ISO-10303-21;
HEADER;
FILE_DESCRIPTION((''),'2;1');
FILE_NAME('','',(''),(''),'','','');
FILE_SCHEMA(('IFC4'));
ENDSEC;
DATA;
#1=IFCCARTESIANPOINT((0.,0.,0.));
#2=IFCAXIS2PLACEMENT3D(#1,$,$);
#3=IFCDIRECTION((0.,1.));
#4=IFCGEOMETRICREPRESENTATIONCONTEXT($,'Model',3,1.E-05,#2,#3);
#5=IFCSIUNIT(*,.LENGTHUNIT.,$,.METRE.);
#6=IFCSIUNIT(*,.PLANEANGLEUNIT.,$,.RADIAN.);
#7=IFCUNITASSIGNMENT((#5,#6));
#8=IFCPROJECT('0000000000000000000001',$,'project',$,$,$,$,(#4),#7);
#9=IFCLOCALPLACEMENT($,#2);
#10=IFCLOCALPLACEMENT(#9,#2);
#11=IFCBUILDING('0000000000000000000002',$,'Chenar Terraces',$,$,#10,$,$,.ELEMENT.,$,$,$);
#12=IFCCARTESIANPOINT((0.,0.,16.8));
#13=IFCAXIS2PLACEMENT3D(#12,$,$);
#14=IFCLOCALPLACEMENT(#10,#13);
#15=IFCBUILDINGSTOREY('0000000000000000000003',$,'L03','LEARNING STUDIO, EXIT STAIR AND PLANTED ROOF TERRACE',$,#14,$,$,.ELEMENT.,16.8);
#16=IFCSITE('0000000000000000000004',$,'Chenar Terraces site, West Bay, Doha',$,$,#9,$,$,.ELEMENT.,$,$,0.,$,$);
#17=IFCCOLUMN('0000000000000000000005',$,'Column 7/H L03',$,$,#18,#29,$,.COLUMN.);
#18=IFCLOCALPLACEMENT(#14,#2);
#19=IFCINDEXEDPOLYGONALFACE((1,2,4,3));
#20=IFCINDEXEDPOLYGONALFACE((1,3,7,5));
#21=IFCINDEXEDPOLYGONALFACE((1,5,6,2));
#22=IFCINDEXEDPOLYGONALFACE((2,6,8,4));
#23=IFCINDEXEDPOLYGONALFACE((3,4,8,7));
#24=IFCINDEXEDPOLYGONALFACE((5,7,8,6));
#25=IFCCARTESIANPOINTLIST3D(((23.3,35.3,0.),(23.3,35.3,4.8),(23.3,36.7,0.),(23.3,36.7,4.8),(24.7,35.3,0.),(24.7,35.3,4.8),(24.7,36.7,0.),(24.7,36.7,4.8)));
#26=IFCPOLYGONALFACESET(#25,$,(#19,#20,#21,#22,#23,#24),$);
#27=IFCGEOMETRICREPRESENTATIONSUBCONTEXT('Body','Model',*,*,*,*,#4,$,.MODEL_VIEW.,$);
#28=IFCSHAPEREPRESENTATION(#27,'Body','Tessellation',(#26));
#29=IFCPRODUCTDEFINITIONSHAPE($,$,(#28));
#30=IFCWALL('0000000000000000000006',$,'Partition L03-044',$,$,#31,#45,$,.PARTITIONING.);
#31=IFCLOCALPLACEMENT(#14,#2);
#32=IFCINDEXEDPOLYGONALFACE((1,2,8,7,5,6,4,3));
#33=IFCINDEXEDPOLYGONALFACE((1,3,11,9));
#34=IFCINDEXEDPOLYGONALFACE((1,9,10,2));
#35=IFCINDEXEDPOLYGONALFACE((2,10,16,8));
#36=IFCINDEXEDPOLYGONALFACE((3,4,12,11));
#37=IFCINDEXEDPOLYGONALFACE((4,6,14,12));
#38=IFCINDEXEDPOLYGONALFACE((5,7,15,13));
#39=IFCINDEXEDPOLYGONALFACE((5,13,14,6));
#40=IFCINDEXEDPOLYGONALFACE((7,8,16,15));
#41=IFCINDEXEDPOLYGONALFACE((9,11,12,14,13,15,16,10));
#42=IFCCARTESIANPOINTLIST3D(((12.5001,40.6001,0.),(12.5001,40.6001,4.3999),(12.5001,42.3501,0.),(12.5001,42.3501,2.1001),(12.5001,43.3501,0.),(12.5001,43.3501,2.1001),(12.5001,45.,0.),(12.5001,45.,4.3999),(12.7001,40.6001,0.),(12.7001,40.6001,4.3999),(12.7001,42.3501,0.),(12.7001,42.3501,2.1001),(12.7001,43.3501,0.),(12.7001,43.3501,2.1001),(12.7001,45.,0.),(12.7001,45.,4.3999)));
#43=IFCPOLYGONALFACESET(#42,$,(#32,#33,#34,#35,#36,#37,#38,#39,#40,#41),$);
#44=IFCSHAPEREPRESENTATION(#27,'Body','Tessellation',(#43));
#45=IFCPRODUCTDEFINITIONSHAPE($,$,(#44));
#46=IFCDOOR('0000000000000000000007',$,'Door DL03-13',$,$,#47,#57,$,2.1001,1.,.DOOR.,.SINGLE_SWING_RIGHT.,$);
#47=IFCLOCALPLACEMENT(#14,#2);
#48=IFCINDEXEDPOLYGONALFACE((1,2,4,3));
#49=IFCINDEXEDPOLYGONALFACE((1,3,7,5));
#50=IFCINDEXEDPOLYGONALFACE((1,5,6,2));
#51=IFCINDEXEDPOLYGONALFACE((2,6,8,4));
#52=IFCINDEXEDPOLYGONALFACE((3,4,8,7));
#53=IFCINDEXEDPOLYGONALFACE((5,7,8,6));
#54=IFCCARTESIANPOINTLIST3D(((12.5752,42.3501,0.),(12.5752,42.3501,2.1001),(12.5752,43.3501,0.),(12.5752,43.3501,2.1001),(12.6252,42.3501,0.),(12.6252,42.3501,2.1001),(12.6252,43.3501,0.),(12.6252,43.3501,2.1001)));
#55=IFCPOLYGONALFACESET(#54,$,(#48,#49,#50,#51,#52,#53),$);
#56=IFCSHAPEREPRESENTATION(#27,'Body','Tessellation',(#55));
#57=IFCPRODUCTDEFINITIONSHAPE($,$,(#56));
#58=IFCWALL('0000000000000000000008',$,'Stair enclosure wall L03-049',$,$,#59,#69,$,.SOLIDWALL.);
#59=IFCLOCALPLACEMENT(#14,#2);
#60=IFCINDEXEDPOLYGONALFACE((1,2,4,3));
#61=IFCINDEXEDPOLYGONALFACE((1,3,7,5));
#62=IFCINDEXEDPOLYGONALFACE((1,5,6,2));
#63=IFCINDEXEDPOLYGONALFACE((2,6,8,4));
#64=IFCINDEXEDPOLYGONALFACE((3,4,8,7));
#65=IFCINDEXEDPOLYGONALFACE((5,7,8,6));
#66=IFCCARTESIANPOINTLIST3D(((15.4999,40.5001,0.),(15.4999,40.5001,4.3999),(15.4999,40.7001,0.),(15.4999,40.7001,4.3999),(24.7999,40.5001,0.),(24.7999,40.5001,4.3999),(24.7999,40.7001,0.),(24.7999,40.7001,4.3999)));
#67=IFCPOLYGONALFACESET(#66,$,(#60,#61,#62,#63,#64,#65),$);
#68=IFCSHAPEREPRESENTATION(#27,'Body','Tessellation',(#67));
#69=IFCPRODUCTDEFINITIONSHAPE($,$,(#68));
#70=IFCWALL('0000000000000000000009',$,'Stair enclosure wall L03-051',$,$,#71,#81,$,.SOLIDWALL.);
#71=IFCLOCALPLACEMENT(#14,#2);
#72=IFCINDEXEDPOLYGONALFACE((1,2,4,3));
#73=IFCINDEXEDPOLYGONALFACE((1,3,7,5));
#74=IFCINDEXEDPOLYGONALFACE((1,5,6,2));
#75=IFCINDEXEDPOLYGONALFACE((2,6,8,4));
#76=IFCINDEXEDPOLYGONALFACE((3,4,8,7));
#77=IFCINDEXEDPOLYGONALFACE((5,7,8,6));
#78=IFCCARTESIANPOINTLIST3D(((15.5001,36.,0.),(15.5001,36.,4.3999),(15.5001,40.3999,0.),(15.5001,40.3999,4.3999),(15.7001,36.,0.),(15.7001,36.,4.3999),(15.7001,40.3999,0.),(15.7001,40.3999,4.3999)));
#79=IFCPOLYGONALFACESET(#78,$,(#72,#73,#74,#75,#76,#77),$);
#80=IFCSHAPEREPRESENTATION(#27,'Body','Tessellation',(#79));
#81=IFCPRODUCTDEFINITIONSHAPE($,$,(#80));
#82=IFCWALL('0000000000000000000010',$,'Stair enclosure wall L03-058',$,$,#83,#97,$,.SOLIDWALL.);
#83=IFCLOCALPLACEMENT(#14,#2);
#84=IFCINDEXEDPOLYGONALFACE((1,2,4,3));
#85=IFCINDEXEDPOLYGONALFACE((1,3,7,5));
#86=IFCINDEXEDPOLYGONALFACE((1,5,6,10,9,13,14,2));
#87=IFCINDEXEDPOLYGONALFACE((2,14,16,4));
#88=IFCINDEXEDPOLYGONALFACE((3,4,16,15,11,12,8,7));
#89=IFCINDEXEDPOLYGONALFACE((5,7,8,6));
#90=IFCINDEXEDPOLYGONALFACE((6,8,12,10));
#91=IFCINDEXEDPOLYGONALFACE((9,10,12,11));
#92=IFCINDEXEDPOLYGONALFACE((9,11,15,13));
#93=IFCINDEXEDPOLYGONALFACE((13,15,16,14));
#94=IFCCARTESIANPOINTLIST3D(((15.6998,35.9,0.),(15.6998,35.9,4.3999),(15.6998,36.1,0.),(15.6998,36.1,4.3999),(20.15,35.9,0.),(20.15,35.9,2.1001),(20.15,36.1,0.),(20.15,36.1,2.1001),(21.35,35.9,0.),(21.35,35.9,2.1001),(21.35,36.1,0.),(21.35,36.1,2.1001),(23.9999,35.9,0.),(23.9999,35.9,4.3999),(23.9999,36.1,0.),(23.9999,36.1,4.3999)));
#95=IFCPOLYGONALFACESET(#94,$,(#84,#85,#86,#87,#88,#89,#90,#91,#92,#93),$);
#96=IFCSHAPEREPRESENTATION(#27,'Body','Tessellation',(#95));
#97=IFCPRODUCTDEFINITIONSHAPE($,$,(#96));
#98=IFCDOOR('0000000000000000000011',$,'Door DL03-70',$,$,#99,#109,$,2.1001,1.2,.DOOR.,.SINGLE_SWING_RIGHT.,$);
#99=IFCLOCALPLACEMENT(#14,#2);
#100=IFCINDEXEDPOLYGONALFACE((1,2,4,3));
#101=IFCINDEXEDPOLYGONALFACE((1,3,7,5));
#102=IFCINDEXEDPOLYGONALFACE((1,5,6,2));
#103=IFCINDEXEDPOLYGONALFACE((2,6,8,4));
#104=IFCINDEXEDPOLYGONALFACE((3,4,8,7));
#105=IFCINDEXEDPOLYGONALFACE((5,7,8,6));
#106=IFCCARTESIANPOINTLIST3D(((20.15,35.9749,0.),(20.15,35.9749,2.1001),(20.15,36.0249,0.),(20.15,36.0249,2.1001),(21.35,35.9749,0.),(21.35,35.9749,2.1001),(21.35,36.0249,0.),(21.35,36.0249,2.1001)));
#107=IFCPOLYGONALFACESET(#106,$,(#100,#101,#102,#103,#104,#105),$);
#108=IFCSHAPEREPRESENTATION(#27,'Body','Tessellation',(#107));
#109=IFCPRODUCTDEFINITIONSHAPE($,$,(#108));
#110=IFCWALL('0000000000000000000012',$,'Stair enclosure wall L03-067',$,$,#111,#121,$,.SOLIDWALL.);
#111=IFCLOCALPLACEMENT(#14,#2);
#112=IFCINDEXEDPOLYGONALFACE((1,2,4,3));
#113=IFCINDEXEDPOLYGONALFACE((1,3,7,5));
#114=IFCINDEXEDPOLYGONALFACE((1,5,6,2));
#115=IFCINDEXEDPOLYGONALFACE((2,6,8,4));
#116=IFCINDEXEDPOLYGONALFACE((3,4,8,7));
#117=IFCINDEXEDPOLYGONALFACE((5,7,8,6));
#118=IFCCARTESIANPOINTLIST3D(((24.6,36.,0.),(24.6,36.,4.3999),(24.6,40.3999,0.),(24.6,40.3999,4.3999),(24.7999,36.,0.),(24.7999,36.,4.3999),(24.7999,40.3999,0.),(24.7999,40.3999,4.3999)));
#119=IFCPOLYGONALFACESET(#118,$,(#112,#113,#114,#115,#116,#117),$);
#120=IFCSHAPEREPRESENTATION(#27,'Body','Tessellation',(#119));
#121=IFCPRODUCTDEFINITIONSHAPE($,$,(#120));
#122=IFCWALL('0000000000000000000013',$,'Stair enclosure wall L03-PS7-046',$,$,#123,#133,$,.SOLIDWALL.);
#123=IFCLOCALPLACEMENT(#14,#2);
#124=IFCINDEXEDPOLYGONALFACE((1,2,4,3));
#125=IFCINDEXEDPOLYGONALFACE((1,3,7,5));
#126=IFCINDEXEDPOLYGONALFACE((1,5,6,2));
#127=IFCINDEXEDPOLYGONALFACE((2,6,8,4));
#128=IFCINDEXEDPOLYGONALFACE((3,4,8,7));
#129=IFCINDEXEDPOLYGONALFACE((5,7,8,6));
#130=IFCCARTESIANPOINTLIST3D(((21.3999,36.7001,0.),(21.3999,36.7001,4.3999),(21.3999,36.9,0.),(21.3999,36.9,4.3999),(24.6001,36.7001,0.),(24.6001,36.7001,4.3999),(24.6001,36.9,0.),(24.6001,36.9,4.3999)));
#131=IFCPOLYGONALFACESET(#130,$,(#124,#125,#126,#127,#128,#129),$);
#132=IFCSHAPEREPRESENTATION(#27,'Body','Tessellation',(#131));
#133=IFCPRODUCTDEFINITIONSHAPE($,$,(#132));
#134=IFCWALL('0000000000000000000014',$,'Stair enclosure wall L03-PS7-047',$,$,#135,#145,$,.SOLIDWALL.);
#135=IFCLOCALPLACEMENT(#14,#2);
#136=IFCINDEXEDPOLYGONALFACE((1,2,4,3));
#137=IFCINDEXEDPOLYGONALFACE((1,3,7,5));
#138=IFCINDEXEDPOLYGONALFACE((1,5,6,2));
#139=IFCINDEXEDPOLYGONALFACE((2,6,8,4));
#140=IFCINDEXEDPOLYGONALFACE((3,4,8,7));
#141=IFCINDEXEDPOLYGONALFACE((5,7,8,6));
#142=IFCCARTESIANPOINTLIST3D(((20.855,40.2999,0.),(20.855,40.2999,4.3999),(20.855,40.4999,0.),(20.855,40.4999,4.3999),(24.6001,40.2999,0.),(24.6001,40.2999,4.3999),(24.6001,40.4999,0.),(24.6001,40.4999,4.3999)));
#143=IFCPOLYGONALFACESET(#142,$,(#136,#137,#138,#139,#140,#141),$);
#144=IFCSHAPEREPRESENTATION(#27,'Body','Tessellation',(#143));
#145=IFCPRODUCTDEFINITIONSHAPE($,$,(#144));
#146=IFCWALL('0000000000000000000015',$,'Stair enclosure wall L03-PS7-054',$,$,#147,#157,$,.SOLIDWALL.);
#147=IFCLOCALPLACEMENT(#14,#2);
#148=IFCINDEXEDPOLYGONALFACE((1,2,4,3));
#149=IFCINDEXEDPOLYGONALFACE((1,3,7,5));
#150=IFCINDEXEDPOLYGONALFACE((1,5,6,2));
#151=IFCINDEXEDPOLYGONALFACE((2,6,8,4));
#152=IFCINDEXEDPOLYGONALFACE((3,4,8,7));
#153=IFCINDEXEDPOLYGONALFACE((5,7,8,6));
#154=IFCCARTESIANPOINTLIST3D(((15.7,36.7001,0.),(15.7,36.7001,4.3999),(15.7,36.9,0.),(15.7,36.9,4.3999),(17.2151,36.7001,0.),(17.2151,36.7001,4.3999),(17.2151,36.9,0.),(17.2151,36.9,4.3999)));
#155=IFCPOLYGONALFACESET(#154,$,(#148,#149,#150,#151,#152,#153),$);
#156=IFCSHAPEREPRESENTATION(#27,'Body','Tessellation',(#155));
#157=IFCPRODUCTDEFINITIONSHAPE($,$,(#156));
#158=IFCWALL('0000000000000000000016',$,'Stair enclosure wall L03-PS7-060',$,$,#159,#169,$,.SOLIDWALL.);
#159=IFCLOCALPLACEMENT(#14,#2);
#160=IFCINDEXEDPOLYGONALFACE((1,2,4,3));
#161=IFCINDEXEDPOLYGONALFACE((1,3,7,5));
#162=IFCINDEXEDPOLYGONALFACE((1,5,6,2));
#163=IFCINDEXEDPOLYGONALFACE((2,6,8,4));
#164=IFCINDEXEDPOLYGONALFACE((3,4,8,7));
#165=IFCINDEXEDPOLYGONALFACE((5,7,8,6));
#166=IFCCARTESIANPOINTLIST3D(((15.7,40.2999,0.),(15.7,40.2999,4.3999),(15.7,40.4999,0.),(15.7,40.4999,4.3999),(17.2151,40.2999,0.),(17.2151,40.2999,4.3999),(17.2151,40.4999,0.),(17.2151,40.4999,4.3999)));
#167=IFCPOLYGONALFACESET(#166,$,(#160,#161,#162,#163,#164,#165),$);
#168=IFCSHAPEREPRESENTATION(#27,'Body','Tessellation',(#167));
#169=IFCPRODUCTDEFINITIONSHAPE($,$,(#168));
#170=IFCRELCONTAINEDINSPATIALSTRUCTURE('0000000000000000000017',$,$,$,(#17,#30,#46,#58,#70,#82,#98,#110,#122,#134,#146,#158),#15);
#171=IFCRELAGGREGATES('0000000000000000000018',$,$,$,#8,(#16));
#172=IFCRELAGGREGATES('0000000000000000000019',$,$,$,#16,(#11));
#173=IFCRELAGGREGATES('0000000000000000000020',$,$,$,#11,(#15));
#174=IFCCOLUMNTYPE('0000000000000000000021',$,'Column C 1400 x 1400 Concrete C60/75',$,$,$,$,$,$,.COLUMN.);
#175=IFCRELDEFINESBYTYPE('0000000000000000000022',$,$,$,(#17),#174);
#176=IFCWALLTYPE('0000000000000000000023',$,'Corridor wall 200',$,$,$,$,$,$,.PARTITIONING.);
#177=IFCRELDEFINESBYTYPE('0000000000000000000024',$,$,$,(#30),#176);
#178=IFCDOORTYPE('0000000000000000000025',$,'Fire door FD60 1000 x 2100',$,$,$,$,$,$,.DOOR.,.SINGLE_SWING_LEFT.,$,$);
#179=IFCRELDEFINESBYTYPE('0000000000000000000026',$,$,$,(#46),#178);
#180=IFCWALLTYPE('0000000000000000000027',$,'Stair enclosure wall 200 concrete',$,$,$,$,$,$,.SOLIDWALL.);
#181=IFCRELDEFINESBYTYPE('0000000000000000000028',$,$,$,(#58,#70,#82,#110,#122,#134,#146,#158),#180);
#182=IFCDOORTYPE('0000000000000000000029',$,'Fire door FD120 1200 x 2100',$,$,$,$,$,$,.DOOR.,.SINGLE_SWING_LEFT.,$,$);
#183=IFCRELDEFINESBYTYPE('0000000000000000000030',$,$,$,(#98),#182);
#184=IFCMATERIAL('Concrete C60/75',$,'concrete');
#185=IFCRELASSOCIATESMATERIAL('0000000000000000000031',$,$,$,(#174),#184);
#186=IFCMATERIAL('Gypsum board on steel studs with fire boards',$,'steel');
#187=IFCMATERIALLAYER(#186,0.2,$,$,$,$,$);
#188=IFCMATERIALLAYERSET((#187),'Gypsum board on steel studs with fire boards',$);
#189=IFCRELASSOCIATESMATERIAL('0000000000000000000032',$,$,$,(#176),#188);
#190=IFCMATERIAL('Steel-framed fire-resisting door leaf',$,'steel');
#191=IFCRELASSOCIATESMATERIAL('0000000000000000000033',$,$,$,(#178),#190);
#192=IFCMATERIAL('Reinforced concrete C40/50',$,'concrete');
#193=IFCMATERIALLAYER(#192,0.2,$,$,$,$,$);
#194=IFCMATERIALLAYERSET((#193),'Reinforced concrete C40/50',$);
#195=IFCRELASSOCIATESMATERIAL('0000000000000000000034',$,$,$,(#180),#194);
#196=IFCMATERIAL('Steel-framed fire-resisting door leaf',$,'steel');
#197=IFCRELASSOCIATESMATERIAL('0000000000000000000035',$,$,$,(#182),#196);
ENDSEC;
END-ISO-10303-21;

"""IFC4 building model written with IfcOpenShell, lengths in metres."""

from ifc_helpers import new_model, si_unit, direction, frame, frame_2d, origin, origin_2d, place, context, subcontext, project, spatial, rectangle, extrude, material, layer, layer_set, material_profile, profile_set, type_object, element, fill, save


model = new_model("IFC4")

# Units and contexts
model_context = context("Model", 3, precision=1e-05, world=origin(), true_north=direction((0.0, 1.0)))
body_context = subcontext(model_context, "Body", "Model", "MODEL_VIEW")
ifc_project = project(units=[si_unit("LENGTHUNIT", "METRE"), si_unit("PLANEANGLEUNIT", "RADIAN")], contexts=[model_context])

# Site, building, storey
site_placement = place(None, origin())
site = spatial("IfcSite", under=ifc_project, at=site_placement, Name="Chenar Terraces site, West Bay, Doha", CompositionType="ELEMENT", RefElevation=0.0)
building_placement = place(site_placement, origin())
building = spatial("IfcBuilding", under=site, at=building_placement, Name="Chenar Terraces", CompositionType="ELEMENT")
storey_placement = place(building_placement, frame((0.0, 0.0, 16.8)))
storey = spatial("IfcBuildingStorey", under=building, at=storey_placement, Name="L03", Description="LEARNING STUDIO, EXIT STAIR AND PLANTED ROOF TERRACE", CompositionType="ELEMENT", Elevation=16.8)

# Column
ifc_material_1 = material(Name="Concrete C60/75", Category="concrete")
ifc_material_profile = material_profile(ifc_material_1, rectangle(XDim=1.3999, YDim=1.3999, at=origin_2d()), Name="C 1400 x 1400")
ifc_profile_set = profile_set([ifc_material_profile], Name="Concrete C60/75")
column_type = type_object("IfcColumnType", Name="Column C 1400 x 1400 Concrete C60/75", PredefinedType="COLUMN", material=ifc_profile_set)
column_placement = place(storey_placement, frame((24.0, 36.0, 0.0), z_axis=(0.0, 0.0, 1.0), x_axis=(1.0, 0.0, 0.0)))
element("IfcColumn", 1, at=column_placement, inside=storey, type_object=column_type, Name="Column 7/H L03", PredefinedType="COLUMN", context=body_context, shape_type="SweptSolid", body=[
    extrude(rectangle(XDim=1.3999, YDim=1.3999, at=origin_2d()), origin(), (0.0, 0.0, 1.0), 4.8),
])

# Wall, opening, door
ifc_material_2 = material(Name="Gypsum board on steel studs with fire boards", Category="steel")
ifc_layer_1 = layer(ifc_material_2, 0.2)
ifc_layer_set_1 = layer_set([ifc_layer_1], Name="Gypsum board on steel studs with fire boards")
wall_type_1 = type_object("IfcWallType", Name="Corridor wall 200", PredefinedType="PARTITIONING", material=ifc_layer_set_1)
wall_1_placement = place(storey_placement, frame((12.6001, 40.6001, 0.0), z_axis=(0.0, 0.0, 1.0), x_axis=(0.0, 1.0, 0.0)))
wall_1 = element("IfcWall", 2, at=wall_1_placement, inside=storey, type_object=wall_type_1, Name="Partition L03-044", PredefinedType="PARTITIONING", context=body_context, shape_type="SweptSolid", body=[
    extrude(rectangle(XDim=4.3999, YDim=0.2, at=frame_2d((2.2, 0.0))), origin(), (0.0, 0.0, 1.0), 4.3999),
])
opening_1_placement = place(wall_1_placement, frame((1.75, 0.0, 0.0)))
opening_1 = element("IfcOpeningElement", 3, at=opening_1_placement, cuts=wall_1, PredefinedType="OPENING", context=body_context, shape_type="SweptSolid", body=[
    extrude(rectangle(XDim=1.0, YDim=2.1001, at=frame_2d((0.5, 1.05))), frame((0.0, 0.1099, 0.0), z_axis=(0.0, -1.0, 0.0), x_axis=(1.0, 0.0, 0.0)), (0.0, 0.0, 1.0), 0.22),
])
ifc_material_3 = material(Name="Steel-framed fire-resisting door leaf", Category="steel")
door_type_1 = type_object("IfcDoorType", Name="Fire door FD60 1000 x 2100", OperationType="SINGLE_SWING_LEFT", PredefinedType="DOOR", material=ifc_material_3)
door_1_placement = place(opening_1_placement, origin())
door_1 = element("IfcDoor", 4, at=door_1_placement, inside=storey, type_object=door_type_1, Name="Door DL03-13", OperationType="SINGLE_SWING_RIGHT", OverallHeight=2.1001, OverallWidth=1.0, PredefinedType="DOOR", context=body_context, shape_type="SweptSolid", body=[
    extrude(rectangle(XDim=1.0, YDim=2.1001, at=frame_2d((0.5, 1.05))), frame((0.0, 0.0249, 0.0), z_axis=(0.0, -1.0, 0.0), x_axis=(1.0, 0.0, 0.0)), (0.0, 0.0, 1.0), 0.05),
])
fill(opening_1, door_1)

# Walls
ifc_material_4 = material(Name="Reinforced concrete C40/50", Category="concrete")
ifc_layer_2 = layer(ifc_material_4, 0.2)
ifc_layer_set_2 = layer_set([ifc_layer_2], Name="Reinforced concrete C40/50")
wall_type_2 = type_object("IfcWallType", Name="Stair enclosure wall 200 concrete", PredefinedType="SOLIDWALL", material=ifc_layer_set_2)
wall_2_placement = place(storey_placement, frame((15.5, 40.6001, 0.0), z_axis=(0.0, 0.0, 1.0), x_axis=(1.0, 0.0, 0.0)))
element("IfcWall", 5, at=wall_2_placement, inside=storey, type_object=wall_type_2, Name="Stair enclosure wall L03-049", PredefinedType="SOLIDWALL", context=body_context, shape_type="SweptSolid", body=[
    extrude(rectangle(XDim=9.3, YDim=0.2, at=frame_2d((4.6499, 0.0))), origin(), (0.0, 0.0, 1.0), 4.3999),
])
wall_3_placement = place(storey_placement, frame((15.6001, 36.0, 0.0), z_axis=(0.0, 0.0, 1.0), x_axis=(0.0, 1.0, 0.0)))
element("IfcWall", 6, at=wall_3_placement, inside=storey, type_object=wall_type_2, Name="Stair enclosure wall L03-051", PredefinedType="SOLIDWALL", context=body_context, shape_type="SweptSolid", body=[
    extrude(rectangle(XDim=4.3999, YDim=0.2, at=frame_2d((2.2, 0.0))), origin(), (0.0, 0.0, 1.0), 4.3999),
])

# Wall, opening, door
wall_4_placement = place(storey_placement, frame((15.7, 36.0, 0.0), z_axis=(0.0, 0.0, 1.0), x_axis=(1.0, 0.0, 0.0)))
wall_4 = element("IfcWall", 7, at=wall_4_placement, inside=storey, type_object=wall_type_2, Name="Stair enclosure wall L03-058", PredefinedType="SOLIDWALL", context=body_context, shape_type="SweptSolid", body=[
    extrude(rectangle(XDim=8.3, YDim=0.2, at=frame_2d((4.1499, 0.0))), origin(), (0.0, 0.0, 1.0), 4.3999),
])
opening_2_placement = place(wall_4_placement, frame((4.45, 0.0, 0.0)))
opening_2 = element("IfcOpeningElement", 8, at=opening_2_placement, cuts=wall_4, PredefinedType="OPENING", context=body_context, shape_type="SweptSolid", body=[
    extrude(rectangle(XDim=1.2, YDim=2.1001, at=frame_2d((0.6001, 1.05))), frame((0.0, 0.1099, 0.0), z_axis=(0.0, -1.0, 0.0), x_axis=(1.0, 0.0, 0.0)), (0.0, 0.0, 1.0), 0.22),
])
ifc_material_5 = material(Name="Steel-framed fire-resisting door leaf", Category="steel")
door_type_2 = type_object("IfcDoorType", Name="Fire door FD120 1200 x 2100", OperationType="SINGLE_SWING_LEFT", PredefinedType="DOOR", material=ifc_material_5)
door_2_placement = place(opening_2_placement, origin())
door_2 = element("IfcDoor", 9, at=door_2_placement, inside=storey, type_object=door_type_2, Name="Door DL03-70", OperationType="SINGLE_SWING_RIGHT", OverallHeight=2.1001, OverallWidth=1.2, PredefinedType="DOOR", context=body_context, shape_type="SweptSolid", body=[
    extrude(rectangle(XDim=1.2, YDim=2.1001, at=frame_2d((0.6001, 1.05))), frame((0.0, 0.0249, 0.0), z_axis=(0.0, -1.0, 0.0), x_axis=(1.0, 0.0, 0.0)), (0.0, 0.0, 1.0), 0.05),
])
fill(opening_2, door_2)

# Walls
wall_5_placement = place(storey_placement, frame((24.7, 36.0, 0.0), z_axis=(0.0, 0.0, 1.0), x_axis=(0.0, 1.0, 0.0)))
element("IfcWall", 10, at=wall_5_placement, inside=storey, type_object=wall_type_2, Name="Stair enclosure wall L03-067", PredefinedType="SOLIDWALL", context=body_context, shape_type="SweptSolid", body=[
    extrude(rectangle(XDim=4.3999, YDim=0.2, at=frame_2d((2.2, 0.0))), origin(), (0.0, 0.0, 1.0), 4.3999),
])
wall_6_placement = place(storey_placement, frame((21.3999, 36.8, 0.0), z_axis=(0.0, 0.0, 1.0), x_axis=(1.0, 0.0, 0.0)))
element("IfcWall", 11, at=wall_6_placement, inside=storey, type_object=wall_type_2, Name="Stair enclosure wall L03-PS7-046", PredefinedType="SOLIDWALL", context=body_context, shape_type="SweptSolid", body=[
    extrude(rectangle(XDim=3.2002, YDim=0.2, at=frame_2d((1.6001, 0.0))), origin(), (0.0, 0.0, 1.0), 4.3999),
])
wall_7_placement = place(storey_placement, frame((20.855, 40.3999, 0.0), z_axis=(0.0, 0.0, 1.0), x_axis=(1.0, 0.0, 0.0)))
element("IfcWall", 12, at=wall_7_placement, inside=storey, type_object=wall_type_2, Name="Stair enclosure wall L03-PS7-047", PredefinedType="SOLIDWALL", context=body_context, shape_type="SweptSolid", body=[
    extrude(rectangle(XDim=3.7451, YDim=0.2, at=frame_2d((1.8726, 0.0))), origin(), (0.0, 0.0, 1.0), 4.3999),
])
for number, where, z_axis, x_axis, name in (
    (13, (15.7, 36.8, 0.0), (0.0, 0.0, 1.0), (1.0, 0.0, 0.0), "Stair enclosure wall L03-PS7-054"),
    (14, (15.7, 40.3999, 0.0), (0.0, 0.0, 1.0), (1.0, 0.0, 0.0), "Stair enclosure wall L03-PS7-060"),
):
    element("IfcWall", number, at=place(storey_placement, frame(where, z_axis=z_axis, x_axis=x_axis)), inside=storey, type_object=wall_type_2, Name=name, PredefinedType="SOLIDWALL", context=body_context, shape_type="SweptSolid", body=[
        extrude(rectangle(XDim=1.5151, YDim=0.2, at=frame_2d((0.7576, 0.0))), origin(), (0.0, 0.0, 1.0), 4.3999),
    ])

save(model, "model.ifc")
